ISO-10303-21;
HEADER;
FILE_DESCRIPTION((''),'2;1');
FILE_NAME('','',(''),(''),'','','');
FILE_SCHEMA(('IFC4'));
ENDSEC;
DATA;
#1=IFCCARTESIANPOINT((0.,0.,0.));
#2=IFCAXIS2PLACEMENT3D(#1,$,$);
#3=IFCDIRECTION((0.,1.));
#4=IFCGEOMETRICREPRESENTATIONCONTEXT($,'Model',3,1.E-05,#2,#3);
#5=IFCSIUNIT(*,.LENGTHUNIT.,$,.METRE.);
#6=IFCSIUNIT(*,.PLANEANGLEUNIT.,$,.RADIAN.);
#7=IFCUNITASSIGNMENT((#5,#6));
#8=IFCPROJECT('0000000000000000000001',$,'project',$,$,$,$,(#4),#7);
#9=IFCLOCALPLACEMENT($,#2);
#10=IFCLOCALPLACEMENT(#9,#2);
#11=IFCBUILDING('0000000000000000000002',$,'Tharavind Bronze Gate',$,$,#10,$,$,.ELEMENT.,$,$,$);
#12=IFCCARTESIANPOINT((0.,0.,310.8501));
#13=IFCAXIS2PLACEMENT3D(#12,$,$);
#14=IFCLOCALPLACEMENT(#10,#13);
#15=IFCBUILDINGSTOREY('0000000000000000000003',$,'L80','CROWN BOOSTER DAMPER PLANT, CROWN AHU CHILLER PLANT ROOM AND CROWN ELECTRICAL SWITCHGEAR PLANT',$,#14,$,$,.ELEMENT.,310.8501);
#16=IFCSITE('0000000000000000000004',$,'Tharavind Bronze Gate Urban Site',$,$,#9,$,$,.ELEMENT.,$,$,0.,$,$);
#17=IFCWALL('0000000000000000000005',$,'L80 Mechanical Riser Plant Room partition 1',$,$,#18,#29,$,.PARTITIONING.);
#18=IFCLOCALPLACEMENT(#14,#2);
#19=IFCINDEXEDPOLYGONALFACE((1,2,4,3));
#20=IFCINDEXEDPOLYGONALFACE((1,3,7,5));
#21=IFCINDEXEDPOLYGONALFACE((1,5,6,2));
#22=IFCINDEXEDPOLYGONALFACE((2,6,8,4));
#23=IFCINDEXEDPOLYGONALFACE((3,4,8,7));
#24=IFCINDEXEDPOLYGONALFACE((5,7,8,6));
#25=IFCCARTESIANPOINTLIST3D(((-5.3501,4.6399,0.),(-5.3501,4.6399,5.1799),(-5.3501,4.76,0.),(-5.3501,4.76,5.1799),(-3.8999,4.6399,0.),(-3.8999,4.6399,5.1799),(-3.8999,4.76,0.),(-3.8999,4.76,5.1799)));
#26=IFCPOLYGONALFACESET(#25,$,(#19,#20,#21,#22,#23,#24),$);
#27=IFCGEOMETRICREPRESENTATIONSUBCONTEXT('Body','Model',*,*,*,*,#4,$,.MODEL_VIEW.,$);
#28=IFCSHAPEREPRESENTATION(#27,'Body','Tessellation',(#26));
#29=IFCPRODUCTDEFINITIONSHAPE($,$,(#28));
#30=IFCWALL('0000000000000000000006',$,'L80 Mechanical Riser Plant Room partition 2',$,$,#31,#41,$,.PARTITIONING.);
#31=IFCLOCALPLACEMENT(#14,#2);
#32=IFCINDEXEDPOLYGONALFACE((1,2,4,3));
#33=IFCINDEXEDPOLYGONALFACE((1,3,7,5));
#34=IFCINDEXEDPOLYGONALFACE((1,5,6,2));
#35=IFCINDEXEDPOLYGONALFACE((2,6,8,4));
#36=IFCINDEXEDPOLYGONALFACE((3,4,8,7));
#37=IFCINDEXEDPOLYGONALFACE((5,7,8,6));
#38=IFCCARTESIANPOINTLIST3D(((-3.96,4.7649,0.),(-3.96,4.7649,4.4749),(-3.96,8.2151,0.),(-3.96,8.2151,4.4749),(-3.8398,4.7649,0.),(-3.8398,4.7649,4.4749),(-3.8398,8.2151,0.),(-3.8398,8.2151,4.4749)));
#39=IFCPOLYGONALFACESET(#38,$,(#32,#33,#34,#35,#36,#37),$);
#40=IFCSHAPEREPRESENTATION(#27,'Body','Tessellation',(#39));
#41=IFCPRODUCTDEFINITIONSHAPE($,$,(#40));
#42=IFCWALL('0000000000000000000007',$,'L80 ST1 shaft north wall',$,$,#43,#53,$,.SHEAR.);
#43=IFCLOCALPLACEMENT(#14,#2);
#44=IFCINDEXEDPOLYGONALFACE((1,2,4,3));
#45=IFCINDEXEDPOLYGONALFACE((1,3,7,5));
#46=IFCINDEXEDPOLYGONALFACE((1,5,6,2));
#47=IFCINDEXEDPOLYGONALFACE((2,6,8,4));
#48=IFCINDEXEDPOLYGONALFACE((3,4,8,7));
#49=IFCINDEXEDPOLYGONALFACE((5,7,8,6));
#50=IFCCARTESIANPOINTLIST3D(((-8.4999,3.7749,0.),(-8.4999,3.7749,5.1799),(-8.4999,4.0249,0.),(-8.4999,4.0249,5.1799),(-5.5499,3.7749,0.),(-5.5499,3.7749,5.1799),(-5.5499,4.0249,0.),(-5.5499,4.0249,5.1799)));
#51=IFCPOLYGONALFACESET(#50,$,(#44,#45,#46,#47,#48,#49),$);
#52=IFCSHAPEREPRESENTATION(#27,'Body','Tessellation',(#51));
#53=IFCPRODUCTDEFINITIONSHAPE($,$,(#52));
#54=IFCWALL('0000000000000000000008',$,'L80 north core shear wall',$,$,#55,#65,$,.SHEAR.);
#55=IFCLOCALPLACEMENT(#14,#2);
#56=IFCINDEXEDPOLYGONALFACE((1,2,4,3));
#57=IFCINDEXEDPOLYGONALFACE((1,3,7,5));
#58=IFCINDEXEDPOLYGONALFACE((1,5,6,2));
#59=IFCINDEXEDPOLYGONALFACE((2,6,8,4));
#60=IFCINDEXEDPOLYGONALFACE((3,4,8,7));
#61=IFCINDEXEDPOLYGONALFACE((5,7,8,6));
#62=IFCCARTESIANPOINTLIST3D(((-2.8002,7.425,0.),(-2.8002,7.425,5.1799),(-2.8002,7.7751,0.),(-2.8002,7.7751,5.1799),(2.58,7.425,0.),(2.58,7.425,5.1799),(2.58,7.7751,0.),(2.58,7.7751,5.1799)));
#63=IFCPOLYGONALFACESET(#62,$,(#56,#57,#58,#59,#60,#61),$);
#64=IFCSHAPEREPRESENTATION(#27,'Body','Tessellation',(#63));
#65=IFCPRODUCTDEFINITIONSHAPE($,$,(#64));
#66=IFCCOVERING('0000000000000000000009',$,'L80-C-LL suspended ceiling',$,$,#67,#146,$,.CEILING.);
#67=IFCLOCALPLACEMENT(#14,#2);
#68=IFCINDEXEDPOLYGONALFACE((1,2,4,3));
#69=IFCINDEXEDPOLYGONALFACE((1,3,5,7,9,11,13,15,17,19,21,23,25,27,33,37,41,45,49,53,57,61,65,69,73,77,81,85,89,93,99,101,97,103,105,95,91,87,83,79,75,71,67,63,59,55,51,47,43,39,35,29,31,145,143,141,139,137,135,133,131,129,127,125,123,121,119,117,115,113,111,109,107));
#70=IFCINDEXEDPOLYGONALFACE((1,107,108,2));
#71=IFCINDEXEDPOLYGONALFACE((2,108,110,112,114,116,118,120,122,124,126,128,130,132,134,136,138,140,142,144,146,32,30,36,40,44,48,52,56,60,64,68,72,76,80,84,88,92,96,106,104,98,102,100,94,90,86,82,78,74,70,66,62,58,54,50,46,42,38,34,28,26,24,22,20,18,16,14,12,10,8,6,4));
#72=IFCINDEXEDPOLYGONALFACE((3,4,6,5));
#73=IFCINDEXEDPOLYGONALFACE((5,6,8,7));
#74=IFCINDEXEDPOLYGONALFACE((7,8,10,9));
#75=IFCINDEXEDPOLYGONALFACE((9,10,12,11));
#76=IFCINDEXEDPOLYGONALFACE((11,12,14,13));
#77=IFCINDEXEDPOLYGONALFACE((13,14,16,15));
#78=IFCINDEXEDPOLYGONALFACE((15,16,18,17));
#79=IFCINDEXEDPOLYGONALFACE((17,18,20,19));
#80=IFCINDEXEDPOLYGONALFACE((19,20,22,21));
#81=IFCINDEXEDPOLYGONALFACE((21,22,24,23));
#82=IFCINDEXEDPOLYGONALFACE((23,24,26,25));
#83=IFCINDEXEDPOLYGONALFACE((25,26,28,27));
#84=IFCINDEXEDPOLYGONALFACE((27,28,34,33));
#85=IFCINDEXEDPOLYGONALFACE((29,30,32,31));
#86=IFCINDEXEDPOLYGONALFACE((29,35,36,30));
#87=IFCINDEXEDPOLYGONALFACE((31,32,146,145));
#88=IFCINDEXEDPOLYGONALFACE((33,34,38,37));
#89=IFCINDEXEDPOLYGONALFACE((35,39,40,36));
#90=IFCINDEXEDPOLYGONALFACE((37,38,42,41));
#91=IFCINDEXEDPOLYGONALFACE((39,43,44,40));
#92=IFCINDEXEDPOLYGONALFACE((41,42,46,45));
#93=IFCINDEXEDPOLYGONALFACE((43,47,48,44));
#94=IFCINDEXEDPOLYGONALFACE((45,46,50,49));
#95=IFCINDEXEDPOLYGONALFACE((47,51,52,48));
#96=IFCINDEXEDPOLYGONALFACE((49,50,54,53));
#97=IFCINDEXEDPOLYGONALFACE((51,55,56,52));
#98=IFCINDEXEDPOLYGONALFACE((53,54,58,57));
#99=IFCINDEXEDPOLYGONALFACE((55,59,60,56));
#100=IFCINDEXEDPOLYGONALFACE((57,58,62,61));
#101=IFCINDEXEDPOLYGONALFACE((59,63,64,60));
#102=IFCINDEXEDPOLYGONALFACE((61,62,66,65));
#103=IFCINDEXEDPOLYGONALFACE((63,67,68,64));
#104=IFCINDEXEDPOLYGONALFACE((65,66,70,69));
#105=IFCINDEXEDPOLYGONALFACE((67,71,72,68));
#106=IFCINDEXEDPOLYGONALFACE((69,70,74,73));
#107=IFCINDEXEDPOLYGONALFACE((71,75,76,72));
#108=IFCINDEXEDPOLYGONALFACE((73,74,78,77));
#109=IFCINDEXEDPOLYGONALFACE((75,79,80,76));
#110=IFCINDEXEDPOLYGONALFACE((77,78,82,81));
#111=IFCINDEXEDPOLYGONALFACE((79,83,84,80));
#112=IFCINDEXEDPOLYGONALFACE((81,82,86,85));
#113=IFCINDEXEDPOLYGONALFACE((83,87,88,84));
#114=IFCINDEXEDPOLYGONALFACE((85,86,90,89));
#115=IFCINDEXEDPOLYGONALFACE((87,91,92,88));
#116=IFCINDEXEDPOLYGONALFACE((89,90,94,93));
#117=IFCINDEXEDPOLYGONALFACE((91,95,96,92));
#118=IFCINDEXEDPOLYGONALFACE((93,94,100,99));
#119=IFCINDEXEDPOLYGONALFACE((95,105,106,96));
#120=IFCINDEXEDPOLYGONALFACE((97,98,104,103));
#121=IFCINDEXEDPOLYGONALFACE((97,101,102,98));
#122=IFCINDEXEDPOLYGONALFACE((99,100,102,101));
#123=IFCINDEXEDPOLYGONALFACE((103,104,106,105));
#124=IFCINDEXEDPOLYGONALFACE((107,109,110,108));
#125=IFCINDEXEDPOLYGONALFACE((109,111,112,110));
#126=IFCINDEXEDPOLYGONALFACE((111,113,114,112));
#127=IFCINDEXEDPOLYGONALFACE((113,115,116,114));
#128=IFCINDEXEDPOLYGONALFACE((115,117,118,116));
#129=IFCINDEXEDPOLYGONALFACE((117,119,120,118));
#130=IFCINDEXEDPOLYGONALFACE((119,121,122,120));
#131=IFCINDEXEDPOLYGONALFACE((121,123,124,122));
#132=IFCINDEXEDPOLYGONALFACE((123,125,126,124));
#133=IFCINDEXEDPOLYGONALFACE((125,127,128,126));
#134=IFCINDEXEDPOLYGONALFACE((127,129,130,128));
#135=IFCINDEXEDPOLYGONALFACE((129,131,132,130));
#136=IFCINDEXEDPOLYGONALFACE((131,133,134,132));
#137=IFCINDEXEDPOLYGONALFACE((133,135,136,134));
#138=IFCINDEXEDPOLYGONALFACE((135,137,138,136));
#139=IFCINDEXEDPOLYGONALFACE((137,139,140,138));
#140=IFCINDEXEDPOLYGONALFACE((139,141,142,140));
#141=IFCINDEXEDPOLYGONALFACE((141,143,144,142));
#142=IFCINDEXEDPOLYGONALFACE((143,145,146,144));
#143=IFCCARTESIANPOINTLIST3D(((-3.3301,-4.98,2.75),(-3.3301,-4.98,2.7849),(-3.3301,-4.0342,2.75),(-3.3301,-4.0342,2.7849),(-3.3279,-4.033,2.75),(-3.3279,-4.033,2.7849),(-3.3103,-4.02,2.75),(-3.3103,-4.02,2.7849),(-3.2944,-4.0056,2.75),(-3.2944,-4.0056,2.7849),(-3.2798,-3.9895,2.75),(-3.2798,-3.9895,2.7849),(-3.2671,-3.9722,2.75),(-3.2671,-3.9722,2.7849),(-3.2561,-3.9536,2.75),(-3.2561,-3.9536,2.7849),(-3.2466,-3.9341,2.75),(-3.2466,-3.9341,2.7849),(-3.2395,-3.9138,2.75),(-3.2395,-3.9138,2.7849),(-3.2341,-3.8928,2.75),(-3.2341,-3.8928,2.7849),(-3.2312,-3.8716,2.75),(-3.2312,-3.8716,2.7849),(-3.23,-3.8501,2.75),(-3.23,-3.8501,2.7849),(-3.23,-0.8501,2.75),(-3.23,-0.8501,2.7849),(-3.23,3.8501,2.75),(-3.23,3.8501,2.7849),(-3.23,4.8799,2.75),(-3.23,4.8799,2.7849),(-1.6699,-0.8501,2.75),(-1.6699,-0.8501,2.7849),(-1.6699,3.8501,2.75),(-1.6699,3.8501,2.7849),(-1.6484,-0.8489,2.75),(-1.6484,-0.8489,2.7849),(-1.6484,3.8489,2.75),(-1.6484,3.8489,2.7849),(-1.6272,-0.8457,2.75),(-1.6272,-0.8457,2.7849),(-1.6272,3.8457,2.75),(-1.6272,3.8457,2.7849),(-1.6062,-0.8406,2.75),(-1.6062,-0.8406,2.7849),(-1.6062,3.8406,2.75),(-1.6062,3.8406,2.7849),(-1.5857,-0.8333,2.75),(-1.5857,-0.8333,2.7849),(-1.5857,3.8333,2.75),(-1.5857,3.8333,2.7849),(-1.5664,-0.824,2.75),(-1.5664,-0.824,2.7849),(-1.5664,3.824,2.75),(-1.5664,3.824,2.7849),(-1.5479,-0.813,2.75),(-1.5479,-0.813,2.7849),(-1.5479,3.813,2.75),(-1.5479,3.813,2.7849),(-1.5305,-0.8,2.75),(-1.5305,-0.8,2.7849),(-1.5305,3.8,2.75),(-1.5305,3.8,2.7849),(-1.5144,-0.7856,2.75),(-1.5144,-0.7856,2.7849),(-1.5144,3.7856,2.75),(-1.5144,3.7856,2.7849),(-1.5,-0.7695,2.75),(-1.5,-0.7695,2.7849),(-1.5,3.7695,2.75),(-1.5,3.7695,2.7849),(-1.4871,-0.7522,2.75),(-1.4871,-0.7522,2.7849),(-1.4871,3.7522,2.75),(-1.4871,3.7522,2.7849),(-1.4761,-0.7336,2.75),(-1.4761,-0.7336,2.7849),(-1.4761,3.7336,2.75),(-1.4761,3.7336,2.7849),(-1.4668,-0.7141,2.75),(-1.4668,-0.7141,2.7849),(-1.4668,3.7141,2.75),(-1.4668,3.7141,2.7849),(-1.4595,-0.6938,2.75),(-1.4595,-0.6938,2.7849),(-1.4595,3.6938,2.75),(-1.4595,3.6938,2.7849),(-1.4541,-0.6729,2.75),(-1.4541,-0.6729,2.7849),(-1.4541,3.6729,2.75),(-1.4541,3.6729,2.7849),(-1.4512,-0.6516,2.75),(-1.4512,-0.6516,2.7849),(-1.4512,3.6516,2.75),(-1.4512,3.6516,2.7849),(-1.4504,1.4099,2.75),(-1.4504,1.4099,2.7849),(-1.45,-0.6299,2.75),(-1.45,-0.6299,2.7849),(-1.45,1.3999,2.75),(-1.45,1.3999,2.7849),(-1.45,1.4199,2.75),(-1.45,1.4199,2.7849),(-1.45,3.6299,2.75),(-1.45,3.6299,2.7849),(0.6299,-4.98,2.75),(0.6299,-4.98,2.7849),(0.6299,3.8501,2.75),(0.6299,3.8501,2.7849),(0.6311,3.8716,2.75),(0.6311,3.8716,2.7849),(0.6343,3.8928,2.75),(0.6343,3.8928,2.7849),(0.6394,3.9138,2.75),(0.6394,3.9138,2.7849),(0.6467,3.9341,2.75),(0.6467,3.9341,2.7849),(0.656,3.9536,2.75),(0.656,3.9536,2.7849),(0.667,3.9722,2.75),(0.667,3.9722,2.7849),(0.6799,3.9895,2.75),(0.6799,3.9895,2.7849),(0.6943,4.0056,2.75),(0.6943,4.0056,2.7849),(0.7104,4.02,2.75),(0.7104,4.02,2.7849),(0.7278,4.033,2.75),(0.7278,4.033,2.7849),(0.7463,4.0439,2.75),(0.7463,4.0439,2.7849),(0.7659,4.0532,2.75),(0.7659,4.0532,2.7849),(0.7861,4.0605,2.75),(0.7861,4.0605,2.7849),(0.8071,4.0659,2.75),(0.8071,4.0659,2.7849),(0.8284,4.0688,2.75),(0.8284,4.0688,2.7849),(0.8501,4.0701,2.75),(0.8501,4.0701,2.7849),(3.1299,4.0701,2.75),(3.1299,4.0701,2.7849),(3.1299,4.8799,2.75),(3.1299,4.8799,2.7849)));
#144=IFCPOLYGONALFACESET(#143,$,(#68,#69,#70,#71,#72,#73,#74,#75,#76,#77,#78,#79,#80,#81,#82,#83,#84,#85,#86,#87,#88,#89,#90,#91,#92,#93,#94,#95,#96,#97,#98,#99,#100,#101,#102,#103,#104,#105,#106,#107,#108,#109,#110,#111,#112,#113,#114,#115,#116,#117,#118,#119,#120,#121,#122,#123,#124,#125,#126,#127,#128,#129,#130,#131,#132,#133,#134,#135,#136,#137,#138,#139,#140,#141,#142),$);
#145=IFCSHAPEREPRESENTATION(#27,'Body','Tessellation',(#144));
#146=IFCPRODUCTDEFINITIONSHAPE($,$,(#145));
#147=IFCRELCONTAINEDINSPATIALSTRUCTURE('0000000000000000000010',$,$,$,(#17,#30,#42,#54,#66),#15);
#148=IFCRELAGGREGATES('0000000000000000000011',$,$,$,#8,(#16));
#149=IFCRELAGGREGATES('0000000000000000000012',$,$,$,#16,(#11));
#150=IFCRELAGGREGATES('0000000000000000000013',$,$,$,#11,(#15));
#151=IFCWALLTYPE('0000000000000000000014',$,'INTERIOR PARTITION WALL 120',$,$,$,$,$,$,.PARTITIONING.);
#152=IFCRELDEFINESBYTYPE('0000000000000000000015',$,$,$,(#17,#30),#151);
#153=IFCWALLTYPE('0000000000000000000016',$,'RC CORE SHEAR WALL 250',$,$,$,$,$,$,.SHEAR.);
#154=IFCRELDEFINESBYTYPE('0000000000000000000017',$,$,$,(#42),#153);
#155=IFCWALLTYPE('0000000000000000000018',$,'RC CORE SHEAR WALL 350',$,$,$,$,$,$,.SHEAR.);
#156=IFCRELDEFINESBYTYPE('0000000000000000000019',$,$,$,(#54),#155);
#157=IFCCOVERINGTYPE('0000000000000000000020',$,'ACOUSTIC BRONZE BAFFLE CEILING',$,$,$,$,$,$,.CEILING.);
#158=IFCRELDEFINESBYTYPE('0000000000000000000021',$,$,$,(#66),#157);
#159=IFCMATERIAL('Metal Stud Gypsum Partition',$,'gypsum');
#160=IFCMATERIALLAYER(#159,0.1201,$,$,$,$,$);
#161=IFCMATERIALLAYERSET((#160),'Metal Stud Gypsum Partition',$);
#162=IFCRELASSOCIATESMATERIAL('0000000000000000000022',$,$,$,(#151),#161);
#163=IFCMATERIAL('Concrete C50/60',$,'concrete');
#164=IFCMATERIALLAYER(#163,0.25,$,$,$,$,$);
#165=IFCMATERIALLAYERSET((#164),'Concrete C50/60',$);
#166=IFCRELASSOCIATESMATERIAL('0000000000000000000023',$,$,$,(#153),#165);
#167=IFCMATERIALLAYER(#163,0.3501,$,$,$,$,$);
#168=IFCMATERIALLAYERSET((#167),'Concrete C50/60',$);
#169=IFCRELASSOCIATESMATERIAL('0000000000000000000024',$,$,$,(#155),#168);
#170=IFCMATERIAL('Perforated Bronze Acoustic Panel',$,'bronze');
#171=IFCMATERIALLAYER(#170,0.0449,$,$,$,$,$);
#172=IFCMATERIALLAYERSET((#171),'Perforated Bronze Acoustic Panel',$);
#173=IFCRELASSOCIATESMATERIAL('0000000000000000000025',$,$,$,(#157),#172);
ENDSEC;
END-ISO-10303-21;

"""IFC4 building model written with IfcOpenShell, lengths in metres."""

from ifc_helpers import new_model, si_unit, direction, frame, frame_2d, origin, place, context, subcontext, project, spatial, polyline, rectangle, outline, extrude, material, layer, layer_set, type_object, element, save


model = new_model("IFC4")

# Units and contexts
model_context = context("Model", 3, precision=1e-05, world=origin(), true_north=direction((0.0, 1.0)))
body_context = subcontext(model_context, "Body", "Model", "MODEL_VIEW")
ifc_project = project(units=[si_unit("LENGTHUNIT", "METRE"), si_unit("PLANEANGLEUNIT", "RADIAN")], contexts=[model_context])

# Site, building, storey
site_placement = place(None, origin())
site = spatial("IfcSite", under=ifc_project, at=site_placement, Name="Tharavind Bronze Gate Urban Site", CompositionType="ELEMENT", RefElevation=0.0)
building_placement = place(site_placement, origin())
building = spatial("IfcBuilding", under=site, at=building_placement, Name="Tharavind Bronze Gate", CompositionType="ELEMENT")
storey_placement = place(building_placement, frame((0.0, 0.0, 310.8501)))
storey = spatial("IfcBuildingStorey", under=building, at=storey_placement, Name="L80", Description="CROWN BOOSTER DAMPER PLANT, CROWN AHU CHILLER PLANT ROOM AND CROWN ELECTRICAL SWITCHGEAR PLANT", CompositionType="ELEMENT", Elevation=310.8501)

# Shared definitions
ifc_material_1 = material(Name="Concrete C50/60", Category="concrete")

# Shared definitions
ifc_material_2 = material(Name="Metal Stud Gypsum Partition", Category="gypsum")
ifc_layer_1 = layer(ifc_material_2, 0.1201)
ifc_layer_set_1 = layer_set([ifc_layer_1], Name="Metal Stud Gypsum Partition")
wall_type_1 = type_object("IfcWallType", Name="INTERIOR PARTITION WALL 120", PredefinedType="PARTITIONING", material=ifc_layer_set_1)

# Walls
wall_1_placement = place(storey_placement, frame((-5.3501, 4.7, 0.0), z_axis=(0.0, 0.0, 1.0), x_axis=(1.0, 0.0, 0.0)))
element("IfcWall", 1, at=wall_1_placement, inside=storey, type_object=wall_type_1, Name="L80 Mechanical Riser Plant Room partition 1", PredefinedType="PARTITIONING", context=body_context, shape_type="SweptSolid", body=[
    extrude(rectangle(XDim=1.4502, YDim=0.1201, at=frame_2d((0.7251, 0.0))), origin(), (0.0, 0.0, 1.0), 5.1799),
])
wall_2_placement = place(storey_placement, frame((-3.8999, 4.7649, 0.0), z_axis=(0.0, 0.0, 1.0), x_axis=(0.0, 1.0, 0.0)))
element("IfcWall", 2, at=wall_2_placement, inside=storey, type_object=wall_type_1, Name="L80 Mechanical Riser Plant Room partition 2", PredefinedType="PARTITIONING", context=body_context, shape_type="SweptSolid", body=[
    extrude(rectangle(XDim=3.4502, YDim=0.1201, at=frame_2d((1.7251, 0.0))), origin(), (0.0, 0.0, 1.0), 4.4749),
])
ifc_layer_2 = layer(ifc_material_1, 0.25)
ifc_layer_set_2 = layer_set([ifc_layer_2], Name="Concrete C50/60")
wall_type_2 = type_object("IfcWallType", Name="RC CORE SHEAR WALL 250", PredefinedType="SHEAR", material=ifc_layer_set_2)
wall_3_placement = place(storey_placement, frame((-8.5, 3.8999, 0.0), z_axis=(0.0, 0.0, 1.0), x_axis=(1.0, 0.0, 0.0)))
element("IfcWall", 3, at=wall_3_placement, inside=storey, type_object=wall_type_2, Name="L80 ST1 shaft north wall", PredefinedType="SHEAR", context=body_context, shape_type="SweptSolid", body=[
    extrude(rectangle(XDim=2.95, YDim=0.25, at=frame_2d((1.4751, 0.0))), origin(), (0.0, 0.0, 1.0), 5.1799),
])
ifc_layer_3 = layer(ifc_material_1, 0.3501)
ifc_layer_set_3 = layer_set([ifc_layer_3], Name="Concrete C50/60")
wall_type_3 = type_object("IfcWallType", Name="RC CORE SHEAR WALL 350", PredefinedType="SHEAR", material=ifc_layer_set_3)
wall_4_placement = place(storey_placement, frame((-2.8, 7.6001, 0.0), z_axis=(0.0, 0.0, 1.0), x_axis=(1.0, 0.0, 0.0)))
element("IfcWall", 4, at=wall_4_placement, inside=storey, type_object=wall_type_3, Name="L80 north core shear wall", PredefinedType="SHEAR", context=body_context, shape_type="SweptSolid", body=[
    extrude(rectangle(XDim=5.3801, YDim=0.3501, at=frame_2d((2.6899, 0.0))), origin(), (0.0, 0.0, 1.0), 5.1799),
])

# Covering
ifc_material_3 = material(Name="Perforated Bronze Acoustic Panel", Category="bronze")
ifc_layer_4 = layer(ifc_material_3, 0.0449)
ifc_layer_set_4 = layer_set([ifc_layer_4], Name="Perforated Bronze Acoustic Panel")
covering_type_1 = type_object("IfcCoveringType", Name="ACOUSTIC BRONZE BAFFLE CEILING", PredefinedType="CEILING", material=ifc_layer_set_4)
covering_1_placement = place(storey_placement, frame((0.0, 0.0, 2.75)))
element("IfcCovering", 5, at=covering_1_placement, inside=storey, type_object=covering_type_1, Name="L80-C-LL suspended ceiling", PredefinedType="CEILING", context=body_context, shape_type="SweptSolid", body=[
    extrude(outline(polyline([(-3.3301, -4.98), (0.6299, -4.98), (0.6299, 3.8501), (0.6311, 3.8716), (0.6343, 3.8928), (0.6394, 3.9138), (0.6467, 3.9341), (0.656, 3.9536), (0.667, 3.9722), (0.6799, 3.9895), (0.6943, 4.0056), (0.7104, 4.02), (0.7278, 4.033), (0.7463, 4.0439), (0.7659, 4.0532), (0.7861, 4.0605), (0.8071, 4.0659), (0.8284, 4.0688), (0.8501, 4.0701), (3.1299, 4.0701), (3.1299, 4.8799), (-3.23, 4.8799), (-3.23, 3.8501), (-1.6699, 3.8501), (-1.6484, 3.8489), (-1.6272, 3.8457), (-1.6062, 3.8406), (-1.5857, 3.8333), (-1.5664, 3.824), (-1.5479, 3.813), (-1.5305, 3.8), (-1.5144, 3.7856), (-1.5, 3.7695), (-1.4871, 3.7522), (-1.4761, 3.7336), (-1.4668, 3.7141), (-1.4595, 3.6938), (-1.4541, 3.6729), (-1.4512, 3.6516), (-1.45, 3.6299), (-1.45, 1.4199), (-1.4504, 1.4099), (-1.45, 1.3999), (-1.45, -0.6299), (-1.4512, -0.6516), (-1.4541, -0.6729), (-1.4595, -0.6938), (-1.4668, -0.7141), (-1.4761, -0.7336), (-1.4871, -0.7522), (-1.5, -0.7695), (-1.5144, -0.7856), (-1.5305, -0.8), (-1.5479, -0.813), (-1.5664, -0.824), (-1.5857, -0.8333), (-1.6062, -0.8406), (-1.6272, -0.8457), (-1.6484, -0.8489), (-1.6699, -0.8501), (-3.23, -0.8501), (-3.23, -3.8501), (-3.2312, -3.8716), (-3.2341, -3.8928), (-3.2395, -3.9138), (-3.2466, -3.9341), (-3.2561, -3.9536), (-3.2671, -3.9722), (-3.2798, -3.9895), (-3.2944, -4.0056), (-3.3103, -4.02), (-3.3279, -4.033), (-3.3301, -4.0342), (-3.3301, -4.98)])), origin(), (0.0, 0.0, 1.0), 0.0349),
])

save(model, "model.ifc")
